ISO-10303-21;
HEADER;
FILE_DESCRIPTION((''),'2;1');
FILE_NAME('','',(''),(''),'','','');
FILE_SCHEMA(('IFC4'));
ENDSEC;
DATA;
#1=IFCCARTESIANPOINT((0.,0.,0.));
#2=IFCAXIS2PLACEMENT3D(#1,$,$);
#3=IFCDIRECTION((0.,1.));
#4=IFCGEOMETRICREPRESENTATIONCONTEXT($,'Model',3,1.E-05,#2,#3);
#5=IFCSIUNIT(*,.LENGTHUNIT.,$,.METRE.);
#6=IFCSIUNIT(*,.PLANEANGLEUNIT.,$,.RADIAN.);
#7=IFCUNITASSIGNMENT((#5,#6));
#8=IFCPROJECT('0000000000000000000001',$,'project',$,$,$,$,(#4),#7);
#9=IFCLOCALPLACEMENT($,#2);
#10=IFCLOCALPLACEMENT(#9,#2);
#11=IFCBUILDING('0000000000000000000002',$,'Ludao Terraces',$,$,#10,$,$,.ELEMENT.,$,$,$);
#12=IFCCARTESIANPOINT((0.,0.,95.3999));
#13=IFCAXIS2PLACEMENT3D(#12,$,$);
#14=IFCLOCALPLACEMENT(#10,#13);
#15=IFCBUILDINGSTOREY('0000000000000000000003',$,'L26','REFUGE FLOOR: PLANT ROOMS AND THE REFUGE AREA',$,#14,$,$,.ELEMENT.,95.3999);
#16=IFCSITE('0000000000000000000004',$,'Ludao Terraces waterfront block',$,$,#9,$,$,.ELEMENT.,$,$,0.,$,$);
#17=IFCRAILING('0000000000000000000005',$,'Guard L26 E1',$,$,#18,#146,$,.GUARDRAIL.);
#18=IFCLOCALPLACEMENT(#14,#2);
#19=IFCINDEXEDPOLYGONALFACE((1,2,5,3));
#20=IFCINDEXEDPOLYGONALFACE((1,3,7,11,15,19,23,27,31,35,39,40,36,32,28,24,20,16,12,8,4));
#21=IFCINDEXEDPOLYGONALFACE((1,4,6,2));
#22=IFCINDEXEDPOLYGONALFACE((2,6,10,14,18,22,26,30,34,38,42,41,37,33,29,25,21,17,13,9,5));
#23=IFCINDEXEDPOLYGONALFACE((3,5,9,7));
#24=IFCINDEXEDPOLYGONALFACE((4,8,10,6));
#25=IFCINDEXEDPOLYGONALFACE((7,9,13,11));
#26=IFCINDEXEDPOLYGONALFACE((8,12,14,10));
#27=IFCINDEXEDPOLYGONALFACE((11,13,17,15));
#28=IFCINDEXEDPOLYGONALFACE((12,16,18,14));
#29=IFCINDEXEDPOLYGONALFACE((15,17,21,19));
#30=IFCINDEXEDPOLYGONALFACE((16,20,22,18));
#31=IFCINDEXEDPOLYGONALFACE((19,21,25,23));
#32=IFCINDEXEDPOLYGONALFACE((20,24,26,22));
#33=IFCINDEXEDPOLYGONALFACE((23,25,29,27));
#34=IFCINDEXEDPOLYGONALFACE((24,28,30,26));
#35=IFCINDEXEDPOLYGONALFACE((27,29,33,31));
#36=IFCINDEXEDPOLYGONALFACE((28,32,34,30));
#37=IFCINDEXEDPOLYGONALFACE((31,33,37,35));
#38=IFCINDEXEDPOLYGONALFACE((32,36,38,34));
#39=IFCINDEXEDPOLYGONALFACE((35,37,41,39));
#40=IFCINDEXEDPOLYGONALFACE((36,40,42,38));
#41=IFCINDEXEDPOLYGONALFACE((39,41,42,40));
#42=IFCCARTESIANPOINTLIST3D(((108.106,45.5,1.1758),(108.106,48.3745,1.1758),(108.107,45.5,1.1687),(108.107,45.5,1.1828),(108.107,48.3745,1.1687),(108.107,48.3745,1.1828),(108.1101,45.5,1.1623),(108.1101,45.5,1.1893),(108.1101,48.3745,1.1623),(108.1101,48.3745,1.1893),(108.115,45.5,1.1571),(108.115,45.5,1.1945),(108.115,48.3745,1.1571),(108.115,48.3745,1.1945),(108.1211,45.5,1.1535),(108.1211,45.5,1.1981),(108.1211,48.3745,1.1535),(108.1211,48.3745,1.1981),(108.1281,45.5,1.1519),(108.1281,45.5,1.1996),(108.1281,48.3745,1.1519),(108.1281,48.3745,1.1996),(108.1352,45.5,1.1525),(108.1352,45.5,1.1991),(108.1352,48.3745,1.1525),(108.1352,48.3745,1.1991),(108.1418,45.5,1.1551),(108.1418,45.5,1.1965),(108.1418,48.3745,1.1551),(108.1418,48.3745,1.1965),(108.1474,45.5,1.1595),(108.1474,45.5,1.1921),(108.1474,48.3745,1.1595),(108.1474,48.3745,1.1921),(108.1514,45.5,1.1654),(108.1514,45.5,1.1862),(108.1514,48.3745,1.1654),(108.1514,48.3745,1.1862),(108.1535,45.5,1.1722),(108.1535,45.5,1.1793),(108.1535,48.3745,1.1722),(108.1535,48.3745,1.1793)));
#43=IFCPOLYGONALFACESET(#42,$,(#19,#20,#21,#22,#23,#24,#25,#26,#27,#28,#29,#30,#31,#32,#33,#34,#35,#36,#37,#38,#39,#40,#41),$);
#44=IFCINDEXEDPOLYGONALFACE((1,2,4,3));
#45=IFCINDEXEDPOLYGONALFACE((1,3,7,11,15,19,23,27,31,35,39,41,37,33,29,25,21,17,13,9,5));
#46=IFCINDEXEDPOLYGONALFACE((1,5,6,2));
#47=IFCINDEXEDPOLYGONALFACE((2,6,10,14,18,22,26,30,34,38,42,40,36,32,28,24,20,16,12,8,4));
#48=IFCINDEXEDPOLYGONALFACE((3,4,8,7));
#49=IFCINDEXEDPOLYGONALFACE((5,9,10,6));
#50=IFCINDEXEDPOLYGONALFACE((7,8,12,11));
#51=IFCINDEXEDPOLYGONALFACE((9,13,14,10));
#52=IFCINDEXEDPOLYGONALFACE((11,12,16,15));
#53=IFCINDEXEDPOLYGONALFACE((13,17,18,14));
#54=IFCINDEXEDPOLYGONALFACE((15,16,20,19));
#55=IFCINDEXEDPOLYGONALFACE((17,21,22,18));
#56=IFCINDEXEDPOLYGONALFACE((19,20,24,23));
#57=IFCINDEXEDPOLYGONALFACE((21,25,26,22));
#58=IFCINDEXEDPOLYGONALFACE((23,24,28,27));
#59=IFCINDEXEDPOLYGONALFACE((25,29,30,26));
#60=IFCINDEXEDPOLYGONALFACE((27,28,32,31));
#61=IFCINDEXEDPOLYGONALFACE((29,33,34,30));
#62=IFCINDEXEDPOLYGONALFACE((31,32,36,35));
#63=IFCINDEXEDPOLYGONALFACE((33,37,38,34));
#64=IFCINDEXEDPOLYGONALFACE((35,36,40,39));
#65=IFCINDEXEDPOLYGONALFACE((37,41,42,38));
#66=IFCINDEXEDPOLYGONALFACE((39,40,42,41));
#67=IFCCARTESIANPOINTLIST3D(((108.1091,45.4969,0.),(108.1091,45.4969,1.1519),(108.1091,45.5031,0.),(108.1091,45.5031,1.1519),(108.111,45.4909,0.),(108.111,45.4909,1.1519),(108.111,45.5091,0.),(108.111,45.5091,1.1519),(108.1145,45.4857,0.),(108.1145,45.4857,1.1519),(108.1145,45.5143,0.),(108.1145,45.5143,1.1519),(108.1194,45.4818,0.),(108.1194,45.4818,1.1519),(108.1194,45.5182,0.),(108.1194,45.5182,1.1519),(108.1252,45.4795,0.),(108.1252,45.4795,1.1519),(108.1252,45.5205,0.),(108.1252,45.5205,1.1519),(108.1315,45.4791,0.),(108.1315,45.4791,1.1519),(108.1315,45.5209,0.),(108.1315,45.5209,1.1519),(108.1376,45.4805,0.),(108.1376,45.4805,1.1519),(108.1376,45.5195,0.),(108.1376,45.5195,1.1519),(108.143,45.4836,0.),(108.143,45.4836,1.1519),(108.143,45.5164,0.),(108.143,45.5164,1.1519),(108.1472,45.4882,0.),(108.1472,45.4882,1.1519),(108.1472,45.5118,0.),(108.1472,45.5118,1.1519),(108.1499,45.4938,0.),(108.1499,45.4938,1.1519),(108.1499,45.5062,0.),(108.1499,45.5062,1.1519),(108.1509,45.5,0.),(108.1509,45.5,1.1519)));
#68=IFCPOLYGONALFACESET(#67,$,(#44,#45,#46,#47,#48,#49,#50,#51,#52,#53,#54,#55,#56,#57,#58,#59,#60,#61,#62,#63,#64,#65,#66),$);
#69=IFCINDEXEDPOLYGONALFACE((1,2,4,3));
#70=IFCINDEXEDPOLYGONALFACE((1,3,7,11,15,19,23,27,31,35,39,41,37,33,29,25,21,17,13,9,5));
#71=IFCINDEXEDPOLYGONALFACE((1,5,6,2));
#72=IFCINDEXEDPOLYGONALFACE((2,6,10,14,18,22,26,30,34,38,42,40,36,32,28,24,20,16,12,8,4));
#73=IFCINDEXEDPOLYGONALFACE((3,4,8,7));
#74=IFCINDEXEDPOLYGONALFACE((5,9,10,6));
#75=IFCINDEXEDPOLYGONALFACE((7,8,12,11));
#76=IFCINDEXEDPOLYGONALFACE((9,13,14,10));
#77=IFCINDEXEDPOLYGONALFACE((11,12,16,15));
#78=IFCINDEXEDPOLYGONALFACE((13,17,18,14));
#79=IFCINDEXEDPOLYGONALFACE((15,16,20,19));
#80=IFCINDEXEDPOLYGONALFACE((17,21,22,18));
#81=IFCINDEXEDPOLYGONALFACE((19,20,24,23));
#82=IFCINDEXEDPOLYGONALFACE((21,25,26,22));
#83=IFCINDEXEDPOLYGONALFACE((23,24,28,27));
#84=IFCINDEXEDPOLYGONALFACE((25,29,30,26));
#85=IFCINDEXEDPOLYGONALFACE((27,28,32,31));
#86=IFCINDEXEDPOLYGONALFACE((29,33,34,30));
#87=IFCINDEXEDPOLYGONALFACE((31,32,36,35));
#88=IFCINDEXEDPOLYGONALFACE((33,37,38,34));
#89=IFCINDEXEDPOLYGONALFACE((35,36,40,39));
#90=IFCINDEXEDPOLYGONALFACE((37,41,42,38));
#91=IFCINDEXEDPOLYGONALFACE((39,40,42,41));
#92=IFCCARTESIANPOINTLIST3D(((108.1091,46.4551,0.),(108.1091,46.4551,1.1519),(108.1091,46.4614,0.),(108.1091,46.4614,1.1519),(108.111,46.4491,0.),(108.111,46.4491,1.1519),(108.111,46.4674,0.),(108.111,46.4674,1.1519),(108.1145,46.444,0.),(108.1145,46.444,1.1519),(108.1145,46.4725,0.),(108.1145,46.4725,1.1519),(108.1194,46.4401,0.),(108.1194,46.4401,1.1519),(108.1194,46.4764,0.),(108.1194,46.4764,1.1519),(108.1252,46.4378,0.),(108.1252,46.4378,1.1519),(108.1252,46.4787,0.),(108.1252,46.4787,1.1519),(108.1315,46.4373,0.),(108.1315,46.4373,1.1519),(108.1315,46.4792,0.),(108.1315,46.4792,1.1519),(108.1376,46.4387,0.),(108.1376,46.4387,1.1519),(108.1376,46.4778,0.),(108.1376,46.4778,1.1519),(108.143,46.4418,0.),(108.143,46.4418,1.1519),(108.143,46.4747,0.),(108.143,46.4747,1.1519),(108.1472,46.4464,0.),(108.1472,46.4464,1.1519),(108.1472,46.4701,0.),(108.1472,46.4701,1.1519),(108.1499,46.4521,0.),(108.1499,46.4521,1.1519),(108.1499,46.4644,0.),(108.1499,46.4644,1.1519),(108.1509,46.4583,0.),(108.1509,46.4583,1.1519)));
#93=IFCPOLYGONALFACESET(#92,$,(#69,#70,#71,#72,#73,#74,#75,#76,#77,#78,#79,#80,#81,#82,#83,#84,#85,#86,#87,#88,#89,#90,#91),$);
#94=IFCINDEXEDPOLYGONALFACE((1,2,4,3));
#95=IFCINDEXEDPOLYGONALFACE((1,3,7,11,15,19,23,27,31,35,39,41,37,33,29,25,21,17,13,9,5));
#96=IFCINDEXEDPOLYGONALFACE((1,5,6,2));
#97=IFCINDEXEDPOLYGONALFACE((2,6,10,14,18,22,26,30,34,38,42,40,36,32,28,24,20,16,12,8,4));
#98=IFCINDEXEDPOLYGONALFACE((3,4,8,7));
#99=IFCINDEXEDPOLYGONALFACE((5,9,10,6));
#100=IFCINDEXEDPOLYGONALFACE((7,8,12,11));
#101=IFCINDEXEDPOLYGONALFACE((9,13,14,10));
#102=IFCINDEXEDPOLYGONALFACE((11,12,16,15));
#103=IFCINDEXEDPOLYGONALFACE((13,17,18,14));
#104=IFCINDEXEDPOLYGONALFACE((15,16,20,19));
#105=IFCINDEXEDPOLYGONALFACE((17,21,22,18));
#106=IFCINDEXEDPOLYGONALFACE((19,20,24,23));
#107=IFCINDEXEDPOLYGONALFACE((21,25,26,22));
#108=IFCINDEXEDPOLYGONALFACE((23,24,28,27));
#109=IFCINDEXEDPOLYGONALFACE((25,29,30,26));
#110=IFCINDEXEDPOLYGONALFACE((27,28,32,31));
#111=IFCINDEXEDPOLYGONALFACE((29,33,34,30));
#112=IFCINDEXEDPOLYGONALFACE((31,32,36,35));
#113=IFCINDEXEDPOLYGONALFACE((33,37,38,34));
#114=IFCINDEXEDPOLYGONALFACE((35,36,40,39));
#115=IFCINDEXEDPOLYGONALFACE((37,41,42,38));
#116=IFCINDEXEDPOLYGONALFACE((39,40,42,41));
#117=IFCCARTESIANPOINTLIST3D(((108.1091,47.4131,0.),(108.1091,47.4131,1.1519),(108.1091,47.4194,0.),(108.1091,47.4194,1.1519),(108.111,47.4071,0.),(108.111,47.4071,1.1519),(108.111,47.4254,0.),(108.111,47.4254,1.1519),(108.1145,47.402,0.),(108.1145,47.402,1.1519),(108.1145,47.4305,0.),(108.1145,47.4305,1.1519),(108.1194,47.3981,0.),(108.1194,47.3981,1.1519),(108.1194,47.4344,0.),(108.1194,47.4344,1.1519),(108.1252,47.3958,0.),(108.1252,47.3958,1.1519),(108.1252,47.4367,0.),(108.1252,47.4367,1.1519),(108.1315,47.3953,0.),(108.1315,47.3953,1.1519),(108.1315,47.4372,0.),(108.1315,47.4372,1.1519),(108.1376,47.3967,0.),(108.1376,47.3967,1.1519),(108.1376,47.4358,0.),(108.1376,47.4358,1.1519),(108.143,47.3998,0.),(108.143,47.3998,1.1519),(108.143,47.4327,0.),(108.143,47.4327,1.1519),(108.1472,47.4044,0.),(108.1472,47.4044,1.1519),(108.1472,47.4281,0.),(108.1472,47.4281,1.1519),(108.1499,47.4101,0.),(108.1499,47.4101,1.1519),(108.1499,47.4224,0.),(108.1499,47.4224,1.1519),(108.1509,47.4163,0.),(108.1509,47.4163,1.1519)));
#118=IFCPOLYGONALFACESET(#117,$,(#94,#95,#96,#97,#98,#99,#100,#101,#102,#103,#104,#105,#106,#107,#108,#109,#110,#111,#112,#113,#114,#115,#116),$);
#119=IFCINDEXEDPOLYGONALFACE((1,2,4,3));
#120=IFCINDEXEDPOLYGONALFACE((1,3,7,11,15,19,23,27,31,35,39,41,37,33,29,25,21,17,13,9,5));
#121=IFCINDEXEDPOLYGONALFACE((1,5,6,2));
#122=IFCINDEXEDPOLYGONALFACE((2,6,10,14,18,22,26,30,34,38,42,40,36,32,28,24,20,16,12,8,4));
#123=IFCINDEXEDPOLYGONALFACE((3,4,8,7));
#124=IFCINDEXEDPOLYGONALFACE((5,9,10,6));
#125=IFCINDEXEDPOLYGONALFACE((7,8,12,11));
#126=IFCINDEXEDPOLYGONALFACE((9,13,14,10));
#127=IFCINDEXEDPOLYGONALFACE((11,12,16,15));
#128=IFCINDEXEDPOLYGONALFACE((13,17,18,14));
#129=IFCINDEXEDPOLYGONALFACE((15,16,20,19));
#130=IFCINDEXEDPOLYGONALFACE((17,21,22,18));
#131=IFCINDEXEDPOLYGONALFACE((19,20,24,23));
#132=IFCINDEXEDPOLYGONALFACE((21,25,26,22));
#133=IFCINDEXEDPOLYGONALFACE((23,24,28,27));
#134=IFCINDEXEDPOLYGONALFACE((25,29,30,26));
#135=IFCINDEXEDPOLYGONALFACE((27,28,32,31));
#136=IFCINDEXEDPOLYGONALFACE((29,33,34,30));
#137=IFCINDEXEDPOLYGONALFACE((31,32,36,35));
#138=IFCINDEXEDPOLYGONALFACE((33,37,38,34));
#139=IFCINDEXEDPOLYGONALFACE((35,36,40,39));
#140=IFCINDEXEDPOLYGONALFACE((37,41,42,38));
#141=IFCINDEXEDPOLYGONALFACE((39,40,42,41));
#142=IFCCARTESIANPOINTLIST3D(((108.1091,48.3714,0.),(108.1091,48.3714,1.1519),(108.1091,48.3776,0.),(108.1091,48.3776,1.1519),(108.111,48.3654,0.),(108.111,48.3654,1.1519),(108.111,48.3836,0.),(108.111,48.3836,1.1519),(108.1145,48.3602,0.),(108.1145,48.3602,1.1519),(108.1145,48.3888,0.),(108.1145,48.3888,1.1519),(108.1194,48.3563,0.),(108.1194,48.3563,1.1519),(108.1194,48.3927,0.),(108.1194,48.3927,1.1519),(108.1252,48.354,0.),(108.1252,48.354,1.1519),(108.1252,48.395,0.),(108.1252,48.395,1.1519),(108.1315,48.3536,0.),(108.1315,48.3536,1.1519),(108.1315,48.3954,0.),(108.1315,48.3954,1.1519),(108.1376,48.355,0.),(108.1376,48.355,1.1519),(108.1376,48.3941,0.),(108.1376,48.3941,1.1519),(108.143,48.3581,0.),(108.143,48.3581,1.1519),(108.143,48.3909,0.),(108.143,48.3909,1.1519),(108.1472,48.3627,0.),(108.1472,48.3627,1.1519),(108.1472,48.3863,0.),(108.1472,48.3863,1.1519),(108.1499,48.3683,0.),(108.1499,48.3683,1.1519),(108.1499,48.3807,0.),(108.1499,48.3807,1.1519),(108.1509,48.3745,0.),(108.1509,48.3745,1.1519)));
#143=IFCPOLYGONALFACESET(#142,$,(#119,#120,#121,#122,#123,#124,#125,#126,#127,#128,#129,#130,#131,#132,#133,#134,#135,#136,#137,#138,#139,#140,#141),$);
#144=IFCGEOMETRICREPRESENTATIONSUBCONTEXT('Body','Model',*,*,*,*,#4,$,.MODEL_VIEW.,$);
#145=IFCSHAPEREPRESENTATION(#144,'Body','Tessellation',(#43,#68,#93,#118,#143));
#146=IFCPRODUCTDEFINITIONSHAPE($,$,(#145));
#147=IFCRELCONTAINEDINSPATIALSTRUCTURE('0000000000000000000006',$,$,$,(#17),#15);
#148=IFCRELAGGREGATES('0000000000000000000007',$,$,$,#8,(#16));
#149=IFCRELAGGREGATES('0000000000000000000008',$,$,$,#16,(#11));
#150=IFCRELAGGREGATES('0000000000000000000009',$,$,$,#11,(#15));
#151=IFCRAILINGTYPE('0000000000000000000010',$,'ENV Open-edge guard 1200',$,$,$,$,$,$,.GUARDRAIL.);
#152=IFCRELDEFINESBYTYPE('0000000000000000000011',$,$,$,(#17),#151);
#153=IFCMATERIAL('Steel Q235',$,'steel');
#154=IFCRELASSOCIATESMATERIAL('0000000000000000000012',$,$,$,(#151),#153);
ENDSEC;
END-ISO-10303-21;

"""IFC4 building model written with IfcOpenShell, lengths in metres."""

from ifc_helpers import new_model, si_unit, direction, frame, origin, origin_2d, place, context, subcontext, project, spatial, circle, extrude, material, type_object, element, save


model = new_model("IFC4")

# Units and contexts
model_context = context("Model", 3, precision=1e-05, world=origin(), true_north=direction((0.0, 1.0)))
body_context = subcontext(model_context, "Body", "Model", "MODEL_VIEW")
ifc_project = project(units=[si_unit("LENGTHUNIT", "METRE"), si_unit("PLANEANGLEUNIT", "RADIAN")], contexts=[model_context])

# Site, building, storey
site_placement = place(None, origin())
site = spatial("IfcSite", under=ifc_project, at=site_placement, Name="Ludao Terraces waterfront block", CompositionType="ELEMENT", RefElevation=0.0)
building_placement = place(site_placement, origin())
building = spatial("IfcBuilding", under=site, at=building_placement, Name="Ludao Terraces", CompositionType="ELEMENT")
storey_placement = place(building_placement, frame((0.0, 0.0, 95.3999)))
storey = spatial("IfcBuildingStorey", under=building, at=storey_placement, Name="L26", Description="REFUGE FLOOR: PLANT ROOMS AND THE REFUGE AREA", CompositionType="ELEMENT", Elevation=95.3999)

# Shared definitions
ifc_material_1 = material(Name="Steel Q235", Category="steel")

# Railing
railing_type = type_object("IfcRailingType", Name="ENV Open-edge guard 1200", PredefinedType="GUARDRAIL", material=ifc_material_1)
railing_placement = place(storey_placement, frame((108.1299, 45.5, 0.0)))
element("IfcRailing", 1, at=railing_placement, inside=storey, type_object=railing_type, Name="Guard L26 E1", PredefinedType="GUARDRAIL", context=body_context, shape_type="SweptSolid", body=[
    extrude(circle(Radius=0.0239, at=origin_2d()), frame((0.0, 0.0, 1.1758), z_axis=(0.0, 1.0, 0.0), x_axis=(-1.0, 0.0, 0.0)), (0.0, 0.0, 1.0), 2.8745),
    extrude(circle(Radius=0.021, at=origin_2d()), origin(), (0.0, 0.0, 1.0), 1.1519),
    extrude(circle(Radius=0.021, at=origin_2d()), frame((0.0, 0.9583, 0.0)), (0.0, 0.0, 1.0), 1.1519),
    extrude(circle(Radius=0.021, at=origin_2d()), frame((0.0, 1.9163, 0.0)), (0.0, 0.0, 1.0), 1.1519),
    extrude(circle(Radius=0.021, at=origin_2d()), frame((0.0, 2.8745, 0.0)), (0.0, 0.0, 1.0), 1.1519),
])

save(model, "model.ifc")
